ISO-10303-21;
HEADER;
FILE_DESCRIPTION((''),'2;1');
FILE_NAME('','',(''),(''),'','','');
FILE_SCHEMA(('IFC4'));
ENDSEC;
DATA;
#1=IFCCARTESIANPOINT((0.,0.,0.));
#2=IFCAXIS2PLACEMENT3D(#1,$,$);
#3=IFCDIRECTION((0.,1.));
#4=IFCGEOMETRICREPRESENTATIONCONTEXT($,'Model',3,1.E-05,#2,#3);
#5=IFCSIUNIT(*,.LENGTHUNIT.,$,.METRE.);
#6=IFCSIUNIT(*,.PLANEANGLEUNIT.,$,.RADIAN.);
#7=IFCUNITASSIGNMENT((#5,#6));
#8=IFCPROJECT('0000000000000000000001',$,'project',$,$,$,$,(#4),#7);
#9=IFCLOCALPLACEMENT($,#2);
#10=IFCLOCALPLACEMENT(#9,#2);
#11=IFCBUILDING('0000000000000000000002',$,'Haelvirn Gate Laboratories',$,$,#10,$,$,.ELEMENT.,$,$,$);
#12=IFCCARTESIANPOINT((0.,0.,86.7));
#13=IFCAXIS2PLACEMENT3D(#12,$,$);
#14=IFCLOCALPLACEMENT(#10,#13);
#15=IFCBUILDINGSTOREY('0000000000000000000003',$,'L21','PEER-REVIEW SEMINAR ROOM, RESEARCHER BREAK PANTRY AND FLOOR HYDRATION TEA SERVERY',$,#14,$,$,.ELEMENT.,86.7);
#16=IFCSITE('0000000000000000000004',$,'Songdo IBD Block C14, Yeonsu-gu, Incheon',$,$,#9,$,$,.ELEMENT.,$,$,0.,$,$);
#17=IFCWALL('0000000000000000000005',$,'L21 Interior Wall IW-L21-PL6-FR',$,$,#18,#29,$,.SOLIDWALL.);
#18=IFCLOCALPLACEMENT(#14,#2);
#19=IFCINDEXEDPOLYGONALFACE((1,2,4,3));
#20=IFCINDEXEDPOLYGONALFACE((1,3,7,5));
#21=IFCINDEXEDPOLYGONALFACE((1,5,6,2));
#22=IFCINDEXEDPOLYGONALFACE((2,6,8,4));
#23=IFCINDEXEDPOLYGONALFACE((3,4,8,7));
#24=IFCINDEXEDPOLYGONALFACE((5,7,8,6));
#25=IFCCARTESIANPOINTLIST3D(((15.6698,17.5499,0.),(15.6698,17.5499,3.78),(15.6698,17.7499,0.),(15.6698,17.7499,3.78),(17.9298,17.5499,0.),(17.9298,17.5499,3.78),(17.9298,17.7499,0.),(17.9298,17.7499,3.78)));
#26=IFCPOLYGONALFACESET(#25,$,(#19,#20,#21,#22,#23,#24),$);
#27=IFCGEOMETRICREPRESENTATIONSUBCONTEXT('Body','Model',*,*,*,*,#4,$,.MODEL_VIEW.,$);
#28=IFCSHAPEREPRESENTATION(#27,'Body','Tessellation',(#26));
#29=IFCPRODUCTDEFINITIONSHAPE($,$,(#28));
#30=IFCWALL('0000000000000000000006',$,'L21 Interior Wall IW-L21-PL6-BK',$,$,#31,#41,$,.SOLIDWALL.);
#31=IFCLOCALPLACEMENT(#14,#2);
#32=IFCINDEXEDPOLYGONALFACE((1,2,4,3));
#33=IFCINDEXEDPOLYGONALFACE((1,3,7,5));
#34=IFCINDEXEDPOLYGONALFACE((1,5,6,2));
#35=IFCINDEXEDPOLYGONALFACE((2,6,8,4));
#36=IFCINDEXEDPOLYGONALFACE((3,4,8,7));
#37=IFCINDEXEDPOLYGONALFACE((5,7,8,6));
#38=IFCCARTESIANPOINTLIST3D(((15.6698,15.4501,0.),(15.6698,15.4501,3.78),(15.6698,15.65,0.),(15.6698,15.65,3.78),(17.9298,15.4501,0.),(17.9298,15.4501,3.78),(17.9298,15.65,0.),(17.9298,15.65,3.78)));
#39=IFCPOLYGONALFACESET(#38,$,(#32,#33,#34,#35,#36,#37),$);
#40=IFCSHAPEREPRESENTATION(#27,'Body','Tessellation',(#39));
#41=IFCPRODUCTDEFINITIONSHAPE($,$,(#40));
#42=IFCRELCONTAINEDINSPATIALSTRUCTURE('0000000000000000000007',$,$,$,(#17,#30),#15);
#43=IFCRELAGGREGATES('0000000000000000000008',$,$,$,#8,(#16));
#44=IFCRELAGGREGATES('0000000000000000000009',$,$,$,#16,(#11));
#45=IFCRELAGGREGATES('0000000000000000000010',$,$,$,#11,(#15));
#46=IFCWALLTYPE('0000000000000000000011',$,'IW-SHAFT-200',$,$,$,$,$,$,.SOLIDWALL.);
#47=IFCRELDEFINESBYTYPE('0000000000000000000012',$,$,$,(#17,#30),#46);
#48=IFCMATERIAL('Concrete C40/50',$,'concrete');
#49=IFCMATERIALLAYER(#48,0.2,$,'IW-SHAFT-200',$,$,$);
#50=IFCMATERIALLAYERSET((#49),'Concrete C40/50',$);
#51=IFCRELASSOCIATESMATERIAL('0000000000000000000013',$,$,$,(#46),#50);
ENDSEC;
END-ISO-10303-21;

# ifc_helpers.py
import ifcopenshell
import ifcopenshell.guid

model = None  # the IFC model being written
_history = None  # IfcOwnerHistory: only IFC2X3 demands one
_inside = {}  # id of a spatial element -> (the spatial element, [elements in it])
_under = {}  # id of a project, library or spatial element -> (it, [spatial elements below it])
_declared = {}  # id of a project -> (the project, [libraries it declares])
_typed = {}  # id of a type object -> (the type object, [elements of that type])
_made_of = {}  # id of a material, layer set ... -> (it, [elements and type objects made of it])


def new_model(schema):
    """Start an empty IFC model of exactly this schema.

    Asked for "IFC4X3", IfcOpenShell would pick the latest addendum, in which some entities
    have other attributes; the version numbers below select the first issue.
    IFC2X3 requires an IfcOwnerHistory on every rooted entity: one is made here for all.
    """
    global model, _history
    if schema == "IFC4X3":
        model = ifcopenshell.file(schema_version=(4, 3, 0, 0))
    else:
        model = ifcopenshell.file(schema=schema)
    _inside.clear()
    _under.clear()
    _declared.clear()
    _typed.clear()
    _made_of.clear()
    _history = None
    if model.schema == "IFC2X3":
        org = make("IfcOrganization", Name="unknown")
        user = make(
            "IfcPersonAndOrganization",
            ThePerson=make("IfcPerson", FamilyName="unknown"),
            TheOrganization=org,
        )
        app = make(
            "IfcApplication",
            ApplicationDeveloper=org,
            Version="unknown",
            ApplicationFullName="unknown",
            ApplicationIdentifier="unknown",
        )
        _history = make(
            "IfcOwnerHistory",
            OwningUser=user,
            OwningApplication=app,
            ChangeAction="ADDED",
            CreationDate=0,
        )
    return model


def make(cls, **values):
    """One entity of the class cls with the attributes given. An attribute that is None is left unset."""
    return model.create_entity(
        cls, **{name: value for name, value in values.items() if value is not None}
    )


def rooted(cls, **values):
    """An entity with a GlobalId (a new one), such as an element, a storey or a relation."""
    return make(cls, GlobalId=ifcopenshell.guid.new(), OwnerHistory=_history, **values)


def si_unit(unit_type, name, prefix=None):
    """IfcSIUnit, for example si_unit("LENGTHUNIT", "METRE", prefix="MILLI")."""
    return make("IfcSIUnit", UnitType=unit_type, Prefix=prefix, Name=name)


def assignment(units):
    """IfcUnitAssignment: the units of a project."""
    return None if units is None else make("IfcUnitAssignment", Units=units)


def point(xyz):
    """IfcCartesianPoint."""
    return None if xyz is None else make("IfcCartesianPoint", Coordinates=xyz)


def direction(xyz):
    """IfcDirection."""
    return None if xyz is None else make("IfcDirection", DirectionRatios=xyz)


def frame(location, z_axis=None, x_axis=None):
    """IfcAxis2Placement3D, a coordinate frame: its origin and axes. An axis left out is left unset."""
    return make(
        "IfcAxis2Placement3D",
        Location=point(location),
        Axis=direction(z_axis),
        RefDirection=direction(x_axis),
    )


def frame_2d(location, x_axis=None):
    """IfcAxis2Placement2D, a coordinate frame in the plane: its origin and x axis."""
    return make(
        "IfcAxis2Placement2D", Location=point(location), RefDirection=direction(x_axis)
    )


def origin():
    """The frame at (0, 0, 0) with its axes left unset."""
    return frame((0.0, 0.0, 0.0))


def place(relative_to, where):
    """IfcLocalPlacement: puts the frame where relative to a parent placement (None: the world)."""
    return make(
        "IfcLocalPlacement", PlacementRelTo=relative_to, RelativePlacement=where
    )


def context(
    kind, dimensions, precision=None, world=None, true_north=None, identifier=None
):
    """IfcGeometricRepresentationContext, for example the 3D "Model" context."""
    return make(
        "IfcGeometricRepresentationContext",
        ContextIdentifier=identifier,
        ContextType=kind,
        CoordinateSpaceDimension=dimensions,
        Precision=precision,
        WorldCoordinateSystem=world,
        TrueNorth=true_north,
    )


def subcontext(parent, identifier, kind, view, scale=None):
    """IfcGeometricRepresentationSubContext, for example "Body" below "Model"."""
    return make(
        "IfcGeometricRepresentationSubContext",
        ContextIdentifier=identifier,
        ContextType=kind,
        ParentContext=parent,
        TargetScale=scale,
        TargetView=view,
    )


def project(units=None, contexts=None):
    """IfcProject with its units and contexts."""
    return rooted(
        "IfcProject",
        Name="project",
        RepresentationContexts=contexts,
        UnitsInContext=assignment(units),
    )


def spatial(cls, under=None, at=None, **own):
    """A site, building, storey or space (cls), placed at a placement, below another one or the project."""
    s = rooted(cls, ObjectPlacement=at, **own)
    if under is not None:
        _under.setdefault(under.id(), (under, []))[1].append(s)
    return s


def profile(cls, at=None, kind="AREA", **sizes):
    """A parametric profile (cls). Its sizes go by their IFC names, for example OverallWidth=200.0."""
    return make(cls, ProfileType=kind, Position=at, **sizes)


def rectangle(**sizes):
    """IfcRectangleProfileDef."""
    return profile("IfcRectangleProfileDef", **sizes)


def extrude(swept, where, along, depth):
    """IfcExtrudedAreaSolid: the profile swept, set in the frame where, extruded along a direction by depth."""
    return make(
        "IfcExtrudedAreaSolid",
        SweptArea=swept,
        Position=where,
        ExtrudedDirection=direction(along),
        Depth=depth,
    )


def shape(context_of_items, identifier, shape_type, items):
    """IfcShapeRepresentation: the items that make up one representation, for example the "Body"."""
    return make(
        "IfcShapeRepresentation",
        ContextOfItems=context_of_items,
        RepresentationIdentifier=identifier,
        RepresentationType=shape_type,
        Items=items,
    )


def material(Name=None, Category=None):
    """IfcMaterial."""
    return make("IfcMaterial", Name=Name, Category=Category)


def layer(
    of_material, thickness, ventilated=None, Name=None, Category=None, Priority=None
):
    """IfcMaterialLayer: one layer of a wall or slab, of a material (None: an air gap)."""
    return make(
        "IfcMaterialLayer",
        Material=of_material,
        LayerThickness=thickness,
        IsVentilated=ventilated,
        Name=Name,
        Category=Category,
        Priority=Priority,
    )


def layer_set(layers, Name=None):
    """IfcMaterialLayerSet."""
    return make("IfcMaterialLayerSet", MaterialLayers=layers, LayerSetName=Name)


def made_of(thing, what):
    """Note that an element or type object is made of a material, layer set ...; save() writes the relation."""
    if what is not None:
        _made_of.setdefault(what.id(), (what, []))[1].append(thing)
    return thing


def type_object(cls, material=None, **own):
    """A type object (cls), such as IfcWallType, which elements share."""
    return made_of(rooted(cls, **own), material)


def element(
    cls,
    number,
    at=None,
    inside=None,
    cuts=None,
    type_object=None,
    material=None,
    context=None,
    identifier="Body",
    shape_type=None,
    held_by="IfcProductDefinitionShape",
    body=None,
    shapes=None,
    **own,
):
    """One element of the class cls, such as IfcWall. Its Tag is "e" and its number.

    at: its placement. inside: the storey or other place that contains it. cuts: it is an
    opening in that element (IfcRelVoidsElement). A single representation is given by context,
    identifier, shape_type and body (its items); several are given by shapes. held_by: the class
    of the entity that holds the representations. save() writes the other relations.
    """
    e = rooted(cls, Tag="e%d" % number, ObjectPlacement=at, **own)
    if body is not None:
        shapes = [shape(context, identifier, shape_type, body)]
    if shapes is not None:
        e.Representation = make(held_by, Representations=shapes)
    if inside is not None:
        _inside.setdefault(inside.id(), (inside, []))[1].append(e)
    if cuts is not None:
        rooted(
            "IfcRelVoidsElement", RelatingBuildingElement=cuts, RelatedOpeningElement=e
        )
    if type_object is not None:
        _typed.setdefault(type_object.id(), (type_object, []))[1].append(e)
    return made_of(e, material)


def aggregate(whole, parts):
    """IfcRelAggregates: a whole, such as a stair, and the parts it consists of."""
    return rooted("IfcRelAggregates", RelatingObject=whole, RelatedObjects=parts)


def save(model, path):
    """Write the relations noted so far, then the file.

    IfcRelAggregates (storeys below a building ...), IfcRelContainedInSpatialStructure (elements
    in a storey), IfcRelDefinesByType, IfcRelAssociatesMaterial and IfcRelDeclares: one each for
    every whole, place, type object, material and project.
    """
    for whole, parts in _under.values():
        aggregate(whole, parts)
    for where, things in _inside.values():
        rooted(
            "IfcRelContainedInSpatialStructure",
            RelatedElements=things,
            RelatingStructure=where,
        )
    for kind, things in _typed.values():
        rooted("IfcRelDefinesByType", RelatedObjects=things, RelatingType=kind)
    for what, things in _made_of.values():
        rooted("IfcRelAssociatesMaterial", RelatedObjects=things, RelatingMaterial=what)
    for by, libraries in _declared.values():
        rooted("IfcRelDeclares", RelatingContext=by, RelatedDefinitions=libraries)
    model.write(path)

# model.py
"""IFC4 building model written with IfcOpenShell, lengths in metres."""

from ifc_helpers import new_model, si_unit, direction, frame, frame_2d, origin, place, context, subcontext, project, spatial, rectangle, extrude, material, layer, layer_set, type_object, element, save


model = new_model("IFC4")

# Units and contexts
model_context = context("Model", 3, precision=1e-05, world=origin(), true_north=direction((0.0, 1.0)))
body_context = subcontext(model_context, "Body", "Model", "MODEL_VIEW")
ifc_project = project(units=[si_unit("LENGTHUNIT", "METRE"), si_unit("PLANEANGLEUNIT", "RADIAN")], contexts=[model_context])

# Site, building, storey
site_placement = place(None, origin())
site = spatial("IfcSite", under=ifc_project, at=site_placement, Name="Songdo IBD Block C14, Yeonsu-gu, Incheon", CompositionType="ELEMENT", RefElevation=0.0)
building_placement = place(site_placement, origin())
building = spatial("IfcBuilding", under=site, at=building_placement, Name="Haelvirn Gate Laboratories", CompositionType="ELEMENT")
storey_placement = place(building_placement, frame((0.0, 0.0, 86.7)))
storey = spatial("IfcBuildingStorey", under=building, at=storey_placement, Name="L21", Description="PEER-REVIEW SEMINAR ROOM, RESEARCHER BREAK PANTRY AND FLOOR HYDRATION TEA SERVERY", CompositionType="ELEMENT", Elevation=86.7)

# Walls
ifc_material_1 = material(Name="Concrete C40/50", Category="concrete")
ifc_layer_1 = layer(ifc_material_1, 0.2, Name="IW-SHAFT-200")
ifc_layer_set_1 = layer_set([ifc_layer_1], Name="Concrete C40/50")
wall_type_1 = type_object("IfcWallType", Name="IW-SHAFT-200", PredefinedType="SOLIDWALL", material=ifc_layer_set_1)
for number, where, z_axis, x_axis, name in (
    (1, (15.6699, 17.6499, 0.0), (0.0, 0.0, 1.0), (1.0, 0.0, 0.0), "L21 Interior Wall IW-L21-PL6-FR"),
    (2, (15.6699, 15.55, 0.0), (0.0, 0.0, 1.0), (1.0, 0.0, 0.0), "L21 Interior Wall IW-L21-PL6-BK"),
):
    element("IfcWall", number, at=place(storey_placement, frame(where, z_axis=z_axis, x_axis=x_axis)), inside=storey, type_object=wall_type_1, Name=name, PredefinedType="SOLIDWALL", context=body_context, shape_type="SweptSolid", body=[
        extrude(rectangle(XDim=2.26, YDim=0.2, at=frame_2d((1.1299, 0.0))), origin(), (0.0, 0.0, 1.0), 3.78),
    ])

save(model, "model.ifc")
